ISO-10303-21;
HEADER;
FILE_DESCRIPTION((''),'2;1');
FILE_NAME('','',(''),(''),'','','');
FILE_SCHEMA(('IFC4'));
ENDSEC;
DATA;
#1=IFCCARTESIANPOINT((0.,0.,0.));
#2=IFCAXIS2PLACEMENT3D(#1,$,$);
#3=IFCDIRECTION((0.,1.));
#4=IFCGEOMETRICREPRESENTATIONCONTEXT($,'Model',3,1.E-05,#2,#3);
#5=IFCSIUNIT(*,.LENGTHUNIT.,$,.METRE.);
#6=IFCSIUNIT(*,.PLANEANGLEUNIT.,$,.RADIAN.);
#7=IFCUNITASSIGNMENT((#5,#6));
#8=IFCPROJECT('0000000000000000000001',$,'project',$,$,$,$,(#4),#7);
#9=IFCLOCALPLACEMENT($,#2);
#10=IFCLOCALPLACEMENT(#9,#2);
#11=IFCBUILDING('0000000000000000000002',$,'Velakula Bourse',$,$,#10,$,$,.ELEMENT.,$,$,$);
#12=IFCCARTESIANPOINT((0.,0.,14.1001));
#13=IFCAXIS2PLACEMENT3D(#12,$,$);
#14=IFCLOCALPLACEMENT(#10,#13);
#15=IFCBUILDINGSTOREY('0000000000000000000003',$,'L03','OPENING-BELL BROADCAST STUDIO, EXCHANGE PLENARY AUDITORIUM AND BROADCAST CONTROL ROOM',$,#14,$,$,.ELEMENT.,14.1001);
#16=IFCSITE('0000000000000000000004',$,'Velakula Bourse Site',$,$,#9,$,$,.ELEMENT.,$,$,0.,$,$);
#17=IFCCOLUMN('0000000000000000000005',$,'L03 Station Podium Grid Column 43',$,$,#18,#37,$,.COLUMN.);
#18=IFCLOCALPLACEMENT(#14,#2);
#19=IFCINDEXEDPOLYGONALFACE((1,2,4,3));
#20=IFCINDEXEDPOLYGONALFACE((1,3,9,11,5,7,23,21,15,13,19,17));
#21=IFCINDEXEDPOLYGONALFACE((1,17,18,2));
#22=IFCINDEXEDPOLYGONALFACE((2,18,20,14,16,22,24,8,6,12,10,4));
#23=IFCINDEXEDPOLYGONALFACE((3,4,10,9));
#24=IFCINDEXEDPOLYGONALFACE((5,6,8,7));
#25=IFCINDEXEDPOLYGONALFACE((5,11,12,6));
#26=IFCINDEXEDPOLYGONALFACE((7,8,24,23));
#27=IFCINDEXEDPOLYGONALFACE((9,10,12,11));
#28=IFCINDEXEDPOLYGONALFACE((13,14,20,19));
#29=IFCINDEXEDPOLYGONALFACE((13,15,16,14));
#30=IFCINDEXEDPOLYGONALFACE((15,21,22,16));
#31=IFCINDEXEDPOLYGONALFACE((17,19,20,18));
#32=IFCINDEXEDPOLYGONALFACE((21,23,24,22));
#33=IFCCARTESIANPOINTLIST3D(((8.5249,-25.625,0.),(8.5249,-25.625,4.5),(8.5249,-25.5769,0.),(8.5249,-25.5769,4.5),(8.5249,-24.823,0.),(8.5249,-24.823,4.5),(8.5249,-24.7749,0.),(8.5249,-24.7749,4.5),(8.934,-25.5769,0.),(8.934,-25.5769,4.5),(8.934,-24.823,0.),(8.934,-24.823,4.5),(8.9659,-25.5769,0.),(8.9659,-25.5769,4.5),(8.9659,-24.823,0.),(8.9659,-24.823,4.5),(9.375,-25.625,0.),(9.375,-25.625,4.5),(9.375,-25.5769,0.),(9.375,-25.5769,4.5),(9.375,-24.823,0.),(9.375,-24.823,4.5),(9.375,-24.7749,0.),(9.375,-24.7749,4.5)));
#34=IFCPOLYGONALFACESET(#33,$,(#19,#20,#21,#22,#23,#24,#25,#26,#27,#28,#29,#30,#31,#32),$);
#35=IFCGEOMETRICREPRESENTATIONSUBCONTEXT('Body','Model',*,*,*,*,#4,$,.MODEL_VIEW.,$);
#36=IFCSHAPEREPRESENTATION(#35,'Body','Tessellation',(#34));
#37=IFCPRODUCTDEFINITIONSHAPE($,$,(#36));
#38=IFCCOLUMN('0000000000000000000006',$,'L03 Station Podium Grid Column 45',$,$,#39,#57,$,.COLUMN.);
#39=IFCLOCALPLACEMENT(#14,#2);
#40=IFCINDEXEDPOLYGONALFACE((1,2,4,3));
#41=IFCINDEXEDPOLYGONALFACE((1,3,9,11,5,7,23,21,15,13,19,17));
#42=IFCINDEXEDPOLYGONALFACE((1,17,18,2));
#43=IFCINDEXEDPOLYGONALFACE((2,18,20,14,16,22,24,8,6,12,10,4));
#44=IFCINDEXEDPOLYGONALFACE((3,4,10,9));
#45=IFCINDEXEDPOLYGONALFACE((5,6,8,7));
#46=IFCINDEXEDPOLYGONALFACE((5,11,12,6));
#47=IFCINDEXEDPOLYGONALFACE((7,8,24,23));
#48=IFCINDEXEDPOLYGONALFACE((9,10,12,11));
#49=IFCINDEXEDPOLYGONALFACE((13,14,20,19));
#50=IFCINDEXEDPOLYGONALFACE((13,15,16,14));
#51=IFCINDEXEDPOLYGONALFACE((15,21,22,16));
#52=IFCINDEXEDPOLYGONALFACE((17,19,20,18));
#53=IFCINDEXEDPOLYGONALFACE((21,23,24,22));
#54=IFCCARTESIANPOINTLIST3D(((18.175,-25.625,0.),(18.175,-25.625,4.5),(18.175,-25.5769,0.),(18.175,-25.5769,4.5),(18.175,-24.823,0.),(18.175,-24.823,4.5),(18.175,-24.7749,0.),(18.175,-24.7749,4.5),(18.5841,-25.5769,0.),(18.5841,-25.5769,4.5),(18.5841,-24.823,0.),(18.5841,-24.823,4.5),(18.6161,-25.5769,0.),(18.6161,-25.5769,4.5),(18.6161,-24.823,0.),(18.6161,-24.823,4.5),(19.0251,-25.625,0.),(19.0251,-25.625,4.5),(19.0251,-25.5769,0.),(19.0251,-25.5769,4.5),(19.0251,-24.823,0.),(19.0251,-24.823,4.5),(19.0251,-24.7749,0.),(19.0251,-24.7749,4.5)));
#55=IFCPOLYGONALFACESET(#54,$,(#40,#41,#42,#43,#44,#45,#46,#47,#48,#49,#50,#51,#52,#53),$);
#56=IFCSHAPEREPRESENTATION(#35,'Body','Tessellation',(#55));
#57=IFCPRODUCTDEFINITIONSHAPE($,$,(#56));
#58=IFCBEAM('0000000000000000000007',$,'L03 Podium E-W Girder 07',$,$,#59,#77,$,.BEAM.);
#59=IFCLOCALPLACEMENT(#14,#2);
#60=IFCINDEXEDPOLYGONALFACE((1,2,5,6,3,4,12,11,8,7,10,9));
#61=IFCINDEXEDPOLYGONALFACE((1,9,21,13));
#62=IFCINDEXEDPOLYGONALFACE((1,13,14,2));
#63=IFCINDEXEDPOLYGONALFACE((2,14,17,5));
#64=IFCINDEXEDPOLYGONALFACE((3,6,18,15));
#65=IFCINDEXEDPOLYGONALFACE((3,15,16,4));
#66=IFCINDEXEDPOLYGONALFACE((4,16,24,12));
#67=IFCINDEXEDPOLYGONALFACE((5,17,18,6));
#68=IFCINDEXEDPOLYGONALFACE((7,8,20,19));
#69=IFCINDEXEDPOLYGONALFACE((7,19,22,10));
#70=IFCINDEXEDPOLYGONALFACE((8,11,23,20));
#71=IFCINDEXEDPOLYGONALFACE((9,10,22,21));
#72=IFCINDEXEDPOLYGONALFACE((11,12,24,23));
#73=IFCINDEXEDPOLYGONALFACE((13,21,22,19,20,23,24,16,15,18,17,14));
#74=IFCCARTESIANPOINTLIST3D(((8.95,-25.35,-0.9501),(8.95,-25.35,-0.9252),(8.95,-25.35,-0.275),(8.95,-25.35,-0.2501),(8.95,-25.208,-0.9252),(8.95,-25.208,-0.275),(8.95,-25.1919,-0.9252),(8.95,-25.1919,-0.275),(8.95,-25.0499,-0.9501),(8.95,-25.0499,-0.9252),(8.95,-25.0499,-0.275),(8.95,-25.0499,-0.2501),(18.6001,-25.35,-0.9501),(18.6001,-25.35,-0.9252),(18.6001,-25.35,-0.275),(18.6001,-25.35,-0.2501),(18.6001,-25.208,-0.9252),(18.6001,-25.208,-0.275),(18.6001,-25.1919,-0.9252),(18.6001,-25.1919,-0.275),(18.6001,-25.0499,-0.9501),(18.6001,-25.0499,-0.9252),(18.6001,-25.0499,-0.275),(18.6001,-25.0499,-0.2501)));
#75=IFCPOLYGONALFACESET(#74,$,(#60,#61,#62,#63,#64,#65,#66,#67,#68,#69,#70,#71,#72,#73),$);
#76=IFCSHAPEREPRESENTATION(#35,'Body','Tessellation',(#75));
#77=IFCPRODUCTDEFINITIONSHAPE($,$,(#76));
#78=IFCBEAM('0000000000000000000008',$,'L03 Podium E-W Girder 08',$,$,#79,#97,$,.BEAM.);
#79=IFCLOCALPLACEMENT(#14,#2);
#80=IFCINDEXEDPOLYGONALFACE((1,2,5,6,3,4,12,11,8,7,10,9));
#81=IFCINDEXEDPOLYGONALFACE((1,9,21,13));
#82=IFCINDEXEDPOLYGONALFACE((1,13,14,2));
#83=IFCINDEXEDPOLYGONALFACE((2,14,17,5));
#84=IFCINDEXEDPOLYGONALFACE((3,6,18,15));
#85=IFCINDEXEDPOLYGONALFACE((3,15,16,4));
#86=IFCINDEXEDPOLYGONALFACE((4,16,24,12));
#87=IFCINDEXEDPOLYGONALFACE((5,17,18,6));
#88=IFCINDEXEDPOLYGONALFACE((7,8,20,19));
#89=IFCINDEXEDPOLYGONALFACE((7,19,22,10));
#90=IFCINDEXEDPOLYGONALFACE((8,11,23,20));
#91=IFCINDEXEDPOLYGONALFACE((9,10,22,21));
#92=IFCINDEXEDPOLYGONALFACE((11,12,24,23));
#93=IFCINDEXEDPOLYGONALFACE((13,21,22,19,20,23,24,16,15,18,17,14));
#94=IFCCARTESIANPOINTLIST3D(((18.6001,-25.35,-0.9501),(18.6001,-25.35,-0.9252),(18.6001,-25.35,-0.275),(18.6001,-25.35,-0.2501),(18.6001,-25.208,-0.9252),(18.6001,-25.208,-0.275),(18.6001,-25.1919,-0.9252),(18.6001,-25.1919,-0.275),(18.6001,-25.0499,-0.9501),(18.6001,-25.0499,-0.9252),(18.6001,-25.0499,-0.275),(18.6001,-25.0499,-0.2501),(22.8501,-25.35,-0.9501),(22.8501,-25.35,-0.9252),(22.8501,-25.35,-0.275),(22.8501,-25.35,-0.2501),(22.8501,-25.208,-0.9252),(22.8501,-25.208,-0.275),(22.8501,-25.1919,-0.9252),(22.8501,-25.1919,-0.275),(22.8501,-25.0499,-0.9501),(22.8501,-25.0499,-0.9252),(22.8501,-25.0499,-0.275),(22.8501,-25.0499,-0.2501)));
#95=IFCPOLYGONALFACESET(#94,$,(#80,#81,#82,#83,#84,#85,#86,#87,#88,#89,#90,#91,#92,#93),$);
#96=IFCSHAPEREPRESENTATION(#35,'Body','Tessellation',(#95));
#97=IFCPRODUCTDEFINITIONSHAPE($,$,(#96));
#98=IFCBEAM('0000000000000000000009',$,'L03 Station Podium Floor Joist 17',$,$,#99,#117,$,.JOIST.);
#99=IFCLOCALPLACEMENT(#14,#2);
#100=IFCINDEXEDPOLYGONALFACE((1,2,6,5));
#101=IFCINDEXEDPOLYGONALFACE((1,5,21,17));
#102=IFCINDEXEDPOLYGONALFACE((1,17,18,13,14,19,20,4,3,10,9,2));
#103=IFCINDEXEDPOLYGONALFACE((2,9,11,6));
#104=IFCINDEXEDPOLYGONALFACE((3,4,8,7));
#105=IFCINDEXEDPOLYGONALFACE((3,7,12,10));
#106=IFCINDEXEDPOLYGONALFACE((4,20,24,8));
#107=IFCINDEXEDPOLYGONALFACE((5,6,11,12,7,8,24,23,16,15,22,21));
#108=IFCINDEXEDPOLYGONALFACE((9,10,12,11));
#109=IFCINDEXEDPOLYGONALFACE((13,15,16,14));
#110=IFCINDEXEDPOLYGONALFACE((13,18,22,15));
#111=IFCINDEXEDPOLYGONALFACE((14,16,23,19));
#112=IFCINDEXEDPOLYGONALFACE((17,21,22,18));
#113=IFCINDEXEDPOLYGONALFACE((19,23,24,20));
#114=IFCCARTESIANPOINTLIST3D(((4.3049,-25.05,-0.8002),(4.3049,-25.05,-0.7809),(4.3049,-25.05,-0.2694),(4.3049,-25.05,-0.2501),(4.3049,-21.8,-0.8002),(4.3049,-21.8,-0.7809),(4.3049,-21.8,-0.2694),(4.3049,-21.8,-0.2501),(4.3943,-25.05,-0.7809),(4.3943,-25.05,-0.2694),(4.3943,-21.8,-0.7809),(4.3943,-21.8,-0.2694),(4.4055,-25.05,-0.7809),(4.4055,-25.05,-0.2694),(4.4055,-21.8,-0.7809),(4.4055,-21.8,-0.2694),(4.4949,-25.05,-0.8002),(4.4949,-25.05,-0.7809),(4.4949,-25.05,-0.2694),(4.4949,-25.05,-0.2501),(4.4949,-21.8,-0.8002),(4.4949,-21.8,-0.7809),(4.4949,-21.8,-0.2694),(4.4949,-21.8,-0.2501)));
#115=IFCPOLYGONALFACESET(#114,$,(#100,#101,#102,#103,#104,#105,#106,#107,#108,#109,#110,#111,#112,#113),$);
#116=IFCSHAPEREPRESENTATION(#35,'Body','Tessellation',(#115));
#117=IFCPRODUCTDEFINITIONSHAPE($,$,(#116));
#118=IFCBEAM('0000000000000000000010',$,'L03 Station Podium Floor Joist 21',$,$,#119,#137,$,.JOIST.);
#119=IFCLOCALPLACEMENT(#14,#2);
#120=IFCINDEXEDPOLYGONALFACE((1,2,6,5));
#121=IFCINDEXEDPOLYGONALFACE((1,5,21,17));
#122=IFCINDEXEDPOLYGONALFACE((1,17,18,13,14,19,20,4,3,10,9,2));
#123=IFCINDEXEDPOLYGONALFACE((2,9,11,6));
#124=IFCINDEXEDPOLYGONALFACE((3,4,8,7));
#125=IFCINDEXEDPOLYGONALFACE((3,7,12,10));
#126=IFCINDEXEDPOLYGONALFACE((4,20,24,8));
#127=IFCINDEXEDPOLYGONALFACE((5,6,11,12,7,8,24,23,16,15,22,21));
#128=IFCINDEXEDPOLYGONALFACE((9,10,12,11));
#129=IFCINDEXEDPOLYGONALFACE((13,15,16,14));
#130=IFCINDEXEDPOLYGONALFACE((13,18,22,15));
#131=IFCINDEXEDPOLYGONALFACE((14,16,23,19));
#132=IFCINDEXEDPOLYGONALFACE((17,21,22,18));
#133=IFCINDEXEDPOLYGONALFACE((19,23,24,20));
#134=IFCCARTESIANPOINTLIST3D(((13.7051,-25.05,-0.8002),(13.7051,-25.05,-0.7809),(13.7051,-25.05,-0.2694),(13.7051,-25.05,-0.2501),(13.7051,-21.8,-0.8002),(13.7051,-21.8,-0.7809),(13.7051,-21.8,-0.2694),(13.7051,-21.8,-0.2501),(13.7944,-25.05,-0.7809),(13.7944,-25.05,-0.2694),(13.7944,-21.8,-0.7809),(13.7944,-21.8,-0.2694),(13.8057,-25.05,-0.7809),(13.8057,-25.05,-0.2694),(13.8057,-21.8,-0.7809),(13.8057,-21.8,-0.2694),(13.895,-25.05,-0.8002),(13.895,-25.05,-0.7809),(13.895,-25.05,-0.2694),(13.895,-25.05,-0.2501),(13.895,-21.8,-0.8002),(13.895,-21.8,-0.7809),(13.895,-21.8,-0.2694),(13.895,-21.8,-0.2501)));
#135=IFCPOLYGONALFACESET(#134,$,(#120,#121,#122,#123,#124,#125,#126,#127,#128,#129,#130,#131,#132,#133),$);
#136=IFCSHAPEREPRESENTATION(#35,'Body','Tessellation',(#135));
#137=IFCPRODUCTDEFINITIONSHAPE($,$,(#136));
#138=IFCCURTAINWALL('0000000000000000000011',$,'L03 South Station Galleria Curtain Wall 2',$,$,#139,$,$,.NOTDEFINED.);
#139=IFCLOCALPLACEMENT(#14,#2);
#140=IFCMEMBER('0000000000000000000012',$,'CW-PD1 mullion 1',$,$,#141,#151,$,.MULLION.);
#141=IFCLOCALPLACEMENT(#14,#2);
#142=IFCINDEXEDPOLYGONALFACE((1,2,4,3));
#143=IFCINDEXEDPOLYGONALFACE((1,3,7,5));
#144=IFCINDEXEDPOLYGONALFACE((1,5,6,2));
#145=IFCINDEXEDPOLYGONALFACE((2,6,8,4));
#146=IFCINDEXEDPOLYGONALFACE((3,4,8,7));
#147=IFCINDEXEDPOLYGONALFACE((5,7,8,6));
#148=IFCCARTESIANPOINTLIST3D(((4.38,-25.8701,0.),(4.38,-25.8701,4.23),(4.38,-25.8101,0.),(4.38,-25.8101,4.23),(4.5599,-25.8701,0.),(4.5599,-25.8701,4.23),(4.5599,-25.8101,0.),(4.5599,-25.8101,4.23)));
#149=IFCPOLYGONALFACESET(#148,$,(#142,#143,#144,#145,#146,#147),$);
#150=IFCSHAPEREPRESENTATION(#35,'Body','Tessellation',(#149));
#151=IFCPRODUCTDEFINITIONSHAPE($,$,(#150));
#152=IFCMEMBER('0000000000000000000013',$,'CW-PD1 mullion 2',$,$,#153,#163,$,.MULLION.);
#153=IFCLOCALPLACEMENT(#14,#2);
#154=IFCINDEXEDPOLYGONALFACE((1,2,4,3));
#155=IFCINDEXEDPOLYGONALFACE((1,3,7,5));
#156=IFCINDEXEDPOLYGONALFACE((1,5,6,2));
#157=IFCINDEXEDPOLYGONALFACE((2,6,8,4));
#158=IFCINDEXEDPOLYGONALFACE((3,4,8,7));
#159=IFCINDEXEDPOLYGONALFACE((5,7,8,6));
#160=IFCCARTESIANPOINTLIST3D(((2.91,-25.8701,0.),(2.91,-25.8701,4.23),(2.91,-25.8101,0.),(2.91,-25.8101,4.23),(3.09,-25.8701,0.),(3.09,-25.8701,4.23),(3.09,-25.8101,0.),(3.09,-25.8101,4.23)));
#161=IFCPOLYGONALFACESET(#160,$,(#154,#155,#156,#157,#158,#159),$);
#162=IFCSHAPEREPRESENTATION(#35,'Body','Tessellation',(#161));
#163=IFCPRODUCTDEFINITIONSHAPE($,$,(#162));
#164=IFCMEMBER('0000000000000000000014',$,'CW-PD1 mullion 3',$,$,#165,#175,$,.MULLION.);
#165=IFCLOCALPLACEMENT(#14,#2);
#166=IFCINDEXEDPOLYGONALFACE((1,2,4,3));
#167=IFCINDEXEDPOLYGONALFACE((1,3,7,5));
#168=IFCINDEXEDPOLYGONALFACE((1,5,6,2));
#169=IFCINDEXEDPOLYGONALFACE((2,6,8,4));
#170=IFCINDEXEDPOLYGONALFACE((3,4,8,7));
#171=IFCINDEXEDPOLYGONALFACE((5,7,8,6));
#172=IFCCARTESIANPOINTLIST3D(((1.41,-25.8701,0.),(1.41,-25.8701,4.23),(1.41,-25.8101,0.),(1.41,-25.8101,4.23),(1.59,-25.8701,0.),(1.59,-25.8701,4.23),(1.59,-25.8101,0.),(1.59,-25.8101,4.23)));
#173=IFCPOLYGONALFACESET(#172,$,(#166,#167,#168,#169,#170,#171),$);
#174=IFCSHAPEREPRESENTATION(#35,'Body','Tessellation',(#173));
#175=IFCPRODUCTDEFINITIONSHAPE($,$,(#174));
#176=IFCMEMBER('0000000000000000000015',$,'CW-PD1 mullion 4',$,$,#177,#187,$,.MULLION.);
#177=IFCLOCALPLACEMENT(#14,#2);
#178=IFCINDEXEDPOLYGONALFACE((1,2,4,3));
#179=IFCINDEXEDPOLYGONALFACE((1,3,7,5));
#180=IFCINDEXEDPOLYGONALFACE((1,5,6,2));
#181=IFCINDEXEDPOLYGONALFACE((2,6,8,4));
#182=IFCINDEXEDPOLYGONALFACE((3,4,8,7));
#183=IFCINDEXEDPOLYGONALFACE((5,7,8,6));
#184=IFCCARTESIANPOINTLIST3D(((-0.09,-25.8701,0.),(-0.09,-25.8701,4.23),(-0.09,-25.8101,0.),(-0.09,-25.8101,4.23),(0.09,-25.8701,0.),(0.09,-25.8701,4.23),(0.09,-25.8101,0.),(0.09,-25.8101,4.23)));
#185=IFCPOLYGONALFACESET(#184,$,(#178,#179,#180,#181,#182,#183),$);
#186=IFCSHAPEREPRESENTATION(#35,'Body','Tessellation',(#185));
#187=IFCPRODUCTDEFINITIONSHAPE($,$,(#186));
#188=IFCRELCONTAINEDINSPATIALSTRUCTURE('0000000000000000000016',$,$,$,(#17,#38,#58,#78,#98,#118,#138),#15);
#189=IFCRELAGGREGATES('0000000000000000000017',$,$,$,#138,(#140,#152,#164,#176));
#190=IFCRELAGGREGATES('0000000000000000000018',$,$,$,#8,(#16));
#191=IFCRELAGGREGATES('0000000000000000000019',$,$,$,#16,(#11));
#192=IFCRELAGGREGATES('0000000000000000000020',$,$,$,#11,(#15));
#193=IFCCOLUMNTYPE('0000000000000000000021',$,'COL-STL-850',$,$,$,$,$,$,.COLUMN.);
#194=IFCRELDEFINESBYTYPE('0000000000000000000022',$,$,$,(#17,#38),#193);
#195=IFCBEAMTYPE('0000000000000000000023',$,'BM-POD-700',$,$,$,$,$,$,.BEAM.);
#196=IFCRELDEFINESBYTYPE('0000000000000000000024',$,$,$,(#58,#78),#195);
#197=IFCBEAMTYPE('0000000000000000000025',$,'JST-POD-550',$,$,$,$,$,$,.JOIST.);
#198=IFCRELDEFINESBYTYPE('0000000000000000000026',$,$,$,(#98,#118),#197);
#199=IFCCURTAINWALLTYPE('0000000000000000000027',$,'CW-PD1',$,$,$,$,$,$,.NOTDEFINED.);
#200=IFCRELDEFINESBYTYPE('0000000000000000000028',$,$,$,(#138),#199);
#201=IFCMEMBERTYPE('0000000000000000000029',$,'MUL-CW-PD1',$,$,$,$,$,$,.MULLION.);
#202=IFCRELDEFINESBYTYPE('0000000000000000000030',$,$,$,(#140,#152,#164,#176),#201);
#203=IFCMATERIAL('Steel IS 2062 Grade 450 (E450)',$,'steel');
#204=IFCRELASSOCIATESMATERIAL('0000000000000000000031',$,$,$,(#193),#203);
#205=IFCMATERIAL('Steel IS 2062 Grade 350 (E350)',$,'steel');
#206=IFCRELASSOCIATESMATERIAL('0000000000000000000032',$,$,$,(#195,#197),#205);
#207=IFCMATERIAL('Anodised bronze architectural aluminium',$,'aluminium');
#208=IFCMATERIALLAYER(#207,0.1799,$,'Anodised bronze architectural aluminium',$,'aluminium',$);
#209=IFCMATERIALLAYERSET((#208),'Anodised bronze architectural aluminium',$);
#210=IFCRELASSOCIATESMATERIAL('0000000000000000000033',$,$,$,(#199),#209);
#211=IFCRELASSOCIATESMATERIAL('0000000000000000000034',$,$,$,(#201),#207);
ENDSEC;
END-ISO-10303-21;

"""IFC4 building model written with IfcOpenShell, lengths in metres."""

from ifc_helpers import new_model, si_unit, direction, frame, origin, origin_2d, place, context, subcontext, project, spatial, rectangle, i_section, extrude, material, layer, layer_set, material_profile, profile_set, type_object, element, aggregate, save


model = new_model("IFC4")

# Units and contexts
model_context = context("Model", 3, precision=1e-05, world=origin(), true_north=direction((0.0, 1.0)))
body_context = subcontext(model_context, "Body", "Model", "MODEL_VIEW")
ifc_project = project(units=[si_unit("LENGTHUNIT", "METRE"), si_unit("PLANEANGLEUNIT", "RADIAN")], contexts=[model_context])

# Site, building, storey
site_placement = place(None, origin())
site = spatial("IfcSite", under=ifc_project, at=site_placement, Name="Velakula Bourse Site", CompositionType="ELEMENT", RefElevation=0.0)
building_placement = place(site_placement, origin())
building = spatial("IfcBuilding", under=site, at=building_placement, Name="Velakula Bourse", CompositionType="ELEMENT")
storey_placement = place(building_placement, frame((0.0, 0.0, 14.1001)))
storey = spatial("IfcBuildingStorey", under=building, at=storey_placement, Name="L03", Description="OPENING-BELL BROADCAST STUDIO, EXCHANGE PLENARY AUDITORIUM AND BROADCAST CONTROL ROOM", CompositionType="ELEMENT", Elevation=14.1001)

# Columns
ifc_material_1 = material(Name="Steel IS 2062 Grade 450 (E450)", Category="steel")
ifc_material_profile_1 = material_profile(ifc_material_1, i_section(OverallWidth=0.8501, OverallDepth=0.8501, WebThickness=0.032, FlangeThickness=0.0481, at=origin_2d()), Name="Steel IS 2062 Grade 450 (E450)")
ifc_profile_set_1 = profile_set([ifc_material_profile_1], Name="Steel IS 2062 Grade 450 (E450)")
column_type = type_object("IfcColumnType", Name="COL-STL-850", PredefinedType="COLUMN", material=ifc_profile_set_1)
for number, where, z_axis, x_axis, name in (
    (1, (8.95, -25.2, 0.0), (0.0, 0.0, 1.0), (1.0, 0.0, 0.0), "L03 Station Podium Grid Column 43"),
    (2, (18.6001, -25.2, 0.0), (0.0, 0.0, 1.0), (1.0, 0.0, 0.0), "L03 Station Podium Grid Column 45"),
):
    element("IfcColumn", number, at=place(storey_placement, frame(where, z_axis=z_axis, x_axis=x_axis)), inside=storey, type_object=column_type, Name=name, PredefinedType="COLUMN", context=body_context, shape_type="SweptSolid", body=[
        extrude(i_section(OverallWidth=0.8501, OverallDepth=0.8501, WebThickness=0.032, FlangeThickness=0.0481, at=origin_2d()), origin(), (0.0, 0.0, 1.0), 4.5),
    ])

# Beams
ifc_material_2 = material(Name="Steel IS 2062 Grade 350 (E350)", Category="steel")
ifc_material_profile_2 = material_profile(ifc_material_2, i_section(OverallWidth=0.3, OverallDepth=0.7, WebThickness=0.0161, FlangeThickness=0.0249, at=origin_2d()), Name="Steel IS 2062 Grade 350 (E350)")
ifc_profile_set_2 = profile_set([ifc_material_profile_2], Name="Steel IS 2062 Grade 350 (E350)")
beam_type_1 = type_object("IfcBeamType", Name="BM-POD-700", PredefinedType="BEAM", material=ifc_profile_set_2)
beam_1_placement = place(storey_placement, frame((8.95, -25.2, -0.6001), z_axis=(1.0, 0.0, 0.0), x_axis=(0.0, 1.0, 0.0)))
element("IfcBeam", 3, at=beam_1_placement, inside=storey, type_object=beam_type_1, Name="L03 Podium E-W Girder 07", PredefinedType="BEAM", context=body_context, shape_type="SweptSolid", body=[
    extrude(i_section(OverallWidth=0.3, OverallDepth=0.7, WebThickness=0.0161, FlangeThickness=0.0249, at=origin_2d()), origin(), (0.0, 0.0, 1.0), 9.6501),
])
beam_2_placement = place(storey_placement, frame((18.6001, -25.2, -0.6001), z_axis=(1.0, 0.0, 0.0), x_axis=(0.0, 1.0, 0.0)))
element("IfcBeam", 4, at=beam_2_placement, inside=storey, type_object=beam_type_1, Name="L03 Podium E-W Girder 08", PredefinedType="BEAM", context=body_context, shape_type="SweptSolid", body=[
    extrude(i_section(OverallWidth=0.3, OverallDepth=0.7, WebThickness=0.0161, FlangeThickness=0.0249, at=origin_2d()), origin(), (0.0, 0.0, 1.0), 4.25),
])
ifc_material_profile_3 = material_profile(ifc_material_2, i_section(OverallWidth=0.1899, OverallDepth=0.55, WebThickness=0.0112, FlangeThickness=0.0193, at=origin_2d()), Name="Steel IS 2062 Grade 350 (E350)")
ifc_profile_set_3 = profile_set([ifc_material_profile_3], Name="Steel IS 2062 Grade 350 (E350)")
beam_type_2 = type_object("IfcBeamType", Name="JST-POD-550", PredefinedType="JOIST", material=ifc_profile_set_3)
for number, where, z_axis, x_axis, name in (
    (5, (4.3999, -25.05, -0.5251), (0.0, 1.0, 0.0), (-1.0, 0.0, 0.0), "L03 Station Podium Floor Joist 17"),
    (6, (13.8, -25.05, -0.5251), (0.0, 1.0, 0.0), (-1.0, 0.0, 0.0), "L03 Station Podium Floor Joist 21"),
):
    element("IfcBeam", number, at=place(storey_placement, frame(where, z_axis=z_axis, x_axis=x_axis)), inside=storey, type_object=beam_type_2, Name=name, PredefinedType="JOIST", context=body_context, shape_type="SweptSolid", body=[
        extrude(i_section(OverallWidth=0.1899, OverallDepth=0.55, WebThickness=0.0112, FlangeThickness=0.0193, at=origin_2d()), origin(), (0.0, 0.0, 1.0), 3.25),
    ])

# Curtain wall, members
ifc_material_3 = material(Name="Anodised bronze architectural aluminium", Category="aluminium")
ifc_layer_1 = layer(ifc_material_3, 0.1799, Name="Anodised bronze architectural aluminium", Category="aluminium")
ifc_layer_set_1 = layer_set([ifc_layer_1], Name="Anodised bronze architectural aluminium")
curtain_wall_type = type_object("IfcCurtainWallType", Name="CW-PD1", PredefinedType="NOTDEFINED", material=ifc_layer_set_1)
curtain_wall_placement = place(storey_placement, origin())
curtain_wall = element("IfcCurtainWall", 7, at=curtain_wall_placement, inside=storey, type_object=curtain_wall_type, Name="L03 South Station Galleria Curtain Wall 2", PredefinedType="NOTDEFINED")
ifc_material_profile_4 = material_profile(ifc_material_3, rectangle(XDim=0.0601, YDim=0.1799, at=origin_2d()), Name="Anodised bronze architectural aluminium")
ifc_profile_set_4 = profile_set([ifc_material_profile_4], Name="Anodised bronze architectural aluminium")
member_type_1 = type_object("IfcMemberType", Name="MUL-CW-PD1", PredefinedType="MULLION", material=ifc_profile_set_4)
member_1_placement = place(storey_placement, frame((4.47, -25.8401, 0.0), z_axis=(0.0, 0.0, 1.0), x_axis=(0.0, -1.0, 0.0)))
member_1 = element("IfcMember", 8, at=member_1_placement, type_object=member_type_1, Name="CW-PD1 mullion 1", PredefinedType="MULLION", context=body_context, shape_type="SweptSolid", body=[
    extrude(rectangle(XDim=0.0601, YDim=0.1799, at=origin_2d()), origin(), (0.0, 0.0, 1.0), 4.23),
])
member_2_placement = place(storey_placement, frame((3.0, -25.8401, 0.0), z_axis=(0.0, 0.0, 1.0), x_axis=(0.0, -1.0, 0.0)))
member_2 = element("IfcMember", 9, at=member_2_placement, type_object=member_type_1, Name="CW-PD1 mullion 2", PredefinedType="MULLION", context=body_context, shape_type="SweptSolid", body=[
    extrude(rectangle(XDim=0.0601, YDim=0.1799, at=origin_2d()), origin(), (0.0, 0.0, 1.0), 4.23),
])
member_3_placement = place(storey_placement, frame((1.5, -25.8401, 0.0), z_axis=(0.0, 0.0, 1.0), x_axis=(0.0, -1.0, 0.0)))
member_3 = element("IfcMember", 10, at=member_3_placement, type_object=member_type_1, Name="CW-PD1 mullion 3", PredefinedType="MULLION", context=body_context, shape_type="SweptSolid", body=[
    extrude(rectangle(XDim=0.0601, YDim=0.1799, at=origin_2d()), origin(), (0.0, 0.0, 1.0), 4.23),
])
member_4_placement = place(storey_placement, frame((0.0, -25.8401, 0.0), z_axis=(0.0, 0.0, 1.0), x_axis=(0.0, -1.0, 0.0)))
member_4 = element("IfcMember", 11, at=member_4_placement, type_object=member_type_1, Name="CW-PD1 mullion 4", PredefinedType="MULLION", context=body_context, shape_type="SweptSolid", body=[
    extrude(rectangle(XDim=0.0601, YDim=0.1799, at=origin_2d()), origin(), (0.0, 0.0, 1.0), 4.23),
])
aggregate(curtain_wall, [member_1, member_2, member_3, member_4])

save(model, "model.ifc")
